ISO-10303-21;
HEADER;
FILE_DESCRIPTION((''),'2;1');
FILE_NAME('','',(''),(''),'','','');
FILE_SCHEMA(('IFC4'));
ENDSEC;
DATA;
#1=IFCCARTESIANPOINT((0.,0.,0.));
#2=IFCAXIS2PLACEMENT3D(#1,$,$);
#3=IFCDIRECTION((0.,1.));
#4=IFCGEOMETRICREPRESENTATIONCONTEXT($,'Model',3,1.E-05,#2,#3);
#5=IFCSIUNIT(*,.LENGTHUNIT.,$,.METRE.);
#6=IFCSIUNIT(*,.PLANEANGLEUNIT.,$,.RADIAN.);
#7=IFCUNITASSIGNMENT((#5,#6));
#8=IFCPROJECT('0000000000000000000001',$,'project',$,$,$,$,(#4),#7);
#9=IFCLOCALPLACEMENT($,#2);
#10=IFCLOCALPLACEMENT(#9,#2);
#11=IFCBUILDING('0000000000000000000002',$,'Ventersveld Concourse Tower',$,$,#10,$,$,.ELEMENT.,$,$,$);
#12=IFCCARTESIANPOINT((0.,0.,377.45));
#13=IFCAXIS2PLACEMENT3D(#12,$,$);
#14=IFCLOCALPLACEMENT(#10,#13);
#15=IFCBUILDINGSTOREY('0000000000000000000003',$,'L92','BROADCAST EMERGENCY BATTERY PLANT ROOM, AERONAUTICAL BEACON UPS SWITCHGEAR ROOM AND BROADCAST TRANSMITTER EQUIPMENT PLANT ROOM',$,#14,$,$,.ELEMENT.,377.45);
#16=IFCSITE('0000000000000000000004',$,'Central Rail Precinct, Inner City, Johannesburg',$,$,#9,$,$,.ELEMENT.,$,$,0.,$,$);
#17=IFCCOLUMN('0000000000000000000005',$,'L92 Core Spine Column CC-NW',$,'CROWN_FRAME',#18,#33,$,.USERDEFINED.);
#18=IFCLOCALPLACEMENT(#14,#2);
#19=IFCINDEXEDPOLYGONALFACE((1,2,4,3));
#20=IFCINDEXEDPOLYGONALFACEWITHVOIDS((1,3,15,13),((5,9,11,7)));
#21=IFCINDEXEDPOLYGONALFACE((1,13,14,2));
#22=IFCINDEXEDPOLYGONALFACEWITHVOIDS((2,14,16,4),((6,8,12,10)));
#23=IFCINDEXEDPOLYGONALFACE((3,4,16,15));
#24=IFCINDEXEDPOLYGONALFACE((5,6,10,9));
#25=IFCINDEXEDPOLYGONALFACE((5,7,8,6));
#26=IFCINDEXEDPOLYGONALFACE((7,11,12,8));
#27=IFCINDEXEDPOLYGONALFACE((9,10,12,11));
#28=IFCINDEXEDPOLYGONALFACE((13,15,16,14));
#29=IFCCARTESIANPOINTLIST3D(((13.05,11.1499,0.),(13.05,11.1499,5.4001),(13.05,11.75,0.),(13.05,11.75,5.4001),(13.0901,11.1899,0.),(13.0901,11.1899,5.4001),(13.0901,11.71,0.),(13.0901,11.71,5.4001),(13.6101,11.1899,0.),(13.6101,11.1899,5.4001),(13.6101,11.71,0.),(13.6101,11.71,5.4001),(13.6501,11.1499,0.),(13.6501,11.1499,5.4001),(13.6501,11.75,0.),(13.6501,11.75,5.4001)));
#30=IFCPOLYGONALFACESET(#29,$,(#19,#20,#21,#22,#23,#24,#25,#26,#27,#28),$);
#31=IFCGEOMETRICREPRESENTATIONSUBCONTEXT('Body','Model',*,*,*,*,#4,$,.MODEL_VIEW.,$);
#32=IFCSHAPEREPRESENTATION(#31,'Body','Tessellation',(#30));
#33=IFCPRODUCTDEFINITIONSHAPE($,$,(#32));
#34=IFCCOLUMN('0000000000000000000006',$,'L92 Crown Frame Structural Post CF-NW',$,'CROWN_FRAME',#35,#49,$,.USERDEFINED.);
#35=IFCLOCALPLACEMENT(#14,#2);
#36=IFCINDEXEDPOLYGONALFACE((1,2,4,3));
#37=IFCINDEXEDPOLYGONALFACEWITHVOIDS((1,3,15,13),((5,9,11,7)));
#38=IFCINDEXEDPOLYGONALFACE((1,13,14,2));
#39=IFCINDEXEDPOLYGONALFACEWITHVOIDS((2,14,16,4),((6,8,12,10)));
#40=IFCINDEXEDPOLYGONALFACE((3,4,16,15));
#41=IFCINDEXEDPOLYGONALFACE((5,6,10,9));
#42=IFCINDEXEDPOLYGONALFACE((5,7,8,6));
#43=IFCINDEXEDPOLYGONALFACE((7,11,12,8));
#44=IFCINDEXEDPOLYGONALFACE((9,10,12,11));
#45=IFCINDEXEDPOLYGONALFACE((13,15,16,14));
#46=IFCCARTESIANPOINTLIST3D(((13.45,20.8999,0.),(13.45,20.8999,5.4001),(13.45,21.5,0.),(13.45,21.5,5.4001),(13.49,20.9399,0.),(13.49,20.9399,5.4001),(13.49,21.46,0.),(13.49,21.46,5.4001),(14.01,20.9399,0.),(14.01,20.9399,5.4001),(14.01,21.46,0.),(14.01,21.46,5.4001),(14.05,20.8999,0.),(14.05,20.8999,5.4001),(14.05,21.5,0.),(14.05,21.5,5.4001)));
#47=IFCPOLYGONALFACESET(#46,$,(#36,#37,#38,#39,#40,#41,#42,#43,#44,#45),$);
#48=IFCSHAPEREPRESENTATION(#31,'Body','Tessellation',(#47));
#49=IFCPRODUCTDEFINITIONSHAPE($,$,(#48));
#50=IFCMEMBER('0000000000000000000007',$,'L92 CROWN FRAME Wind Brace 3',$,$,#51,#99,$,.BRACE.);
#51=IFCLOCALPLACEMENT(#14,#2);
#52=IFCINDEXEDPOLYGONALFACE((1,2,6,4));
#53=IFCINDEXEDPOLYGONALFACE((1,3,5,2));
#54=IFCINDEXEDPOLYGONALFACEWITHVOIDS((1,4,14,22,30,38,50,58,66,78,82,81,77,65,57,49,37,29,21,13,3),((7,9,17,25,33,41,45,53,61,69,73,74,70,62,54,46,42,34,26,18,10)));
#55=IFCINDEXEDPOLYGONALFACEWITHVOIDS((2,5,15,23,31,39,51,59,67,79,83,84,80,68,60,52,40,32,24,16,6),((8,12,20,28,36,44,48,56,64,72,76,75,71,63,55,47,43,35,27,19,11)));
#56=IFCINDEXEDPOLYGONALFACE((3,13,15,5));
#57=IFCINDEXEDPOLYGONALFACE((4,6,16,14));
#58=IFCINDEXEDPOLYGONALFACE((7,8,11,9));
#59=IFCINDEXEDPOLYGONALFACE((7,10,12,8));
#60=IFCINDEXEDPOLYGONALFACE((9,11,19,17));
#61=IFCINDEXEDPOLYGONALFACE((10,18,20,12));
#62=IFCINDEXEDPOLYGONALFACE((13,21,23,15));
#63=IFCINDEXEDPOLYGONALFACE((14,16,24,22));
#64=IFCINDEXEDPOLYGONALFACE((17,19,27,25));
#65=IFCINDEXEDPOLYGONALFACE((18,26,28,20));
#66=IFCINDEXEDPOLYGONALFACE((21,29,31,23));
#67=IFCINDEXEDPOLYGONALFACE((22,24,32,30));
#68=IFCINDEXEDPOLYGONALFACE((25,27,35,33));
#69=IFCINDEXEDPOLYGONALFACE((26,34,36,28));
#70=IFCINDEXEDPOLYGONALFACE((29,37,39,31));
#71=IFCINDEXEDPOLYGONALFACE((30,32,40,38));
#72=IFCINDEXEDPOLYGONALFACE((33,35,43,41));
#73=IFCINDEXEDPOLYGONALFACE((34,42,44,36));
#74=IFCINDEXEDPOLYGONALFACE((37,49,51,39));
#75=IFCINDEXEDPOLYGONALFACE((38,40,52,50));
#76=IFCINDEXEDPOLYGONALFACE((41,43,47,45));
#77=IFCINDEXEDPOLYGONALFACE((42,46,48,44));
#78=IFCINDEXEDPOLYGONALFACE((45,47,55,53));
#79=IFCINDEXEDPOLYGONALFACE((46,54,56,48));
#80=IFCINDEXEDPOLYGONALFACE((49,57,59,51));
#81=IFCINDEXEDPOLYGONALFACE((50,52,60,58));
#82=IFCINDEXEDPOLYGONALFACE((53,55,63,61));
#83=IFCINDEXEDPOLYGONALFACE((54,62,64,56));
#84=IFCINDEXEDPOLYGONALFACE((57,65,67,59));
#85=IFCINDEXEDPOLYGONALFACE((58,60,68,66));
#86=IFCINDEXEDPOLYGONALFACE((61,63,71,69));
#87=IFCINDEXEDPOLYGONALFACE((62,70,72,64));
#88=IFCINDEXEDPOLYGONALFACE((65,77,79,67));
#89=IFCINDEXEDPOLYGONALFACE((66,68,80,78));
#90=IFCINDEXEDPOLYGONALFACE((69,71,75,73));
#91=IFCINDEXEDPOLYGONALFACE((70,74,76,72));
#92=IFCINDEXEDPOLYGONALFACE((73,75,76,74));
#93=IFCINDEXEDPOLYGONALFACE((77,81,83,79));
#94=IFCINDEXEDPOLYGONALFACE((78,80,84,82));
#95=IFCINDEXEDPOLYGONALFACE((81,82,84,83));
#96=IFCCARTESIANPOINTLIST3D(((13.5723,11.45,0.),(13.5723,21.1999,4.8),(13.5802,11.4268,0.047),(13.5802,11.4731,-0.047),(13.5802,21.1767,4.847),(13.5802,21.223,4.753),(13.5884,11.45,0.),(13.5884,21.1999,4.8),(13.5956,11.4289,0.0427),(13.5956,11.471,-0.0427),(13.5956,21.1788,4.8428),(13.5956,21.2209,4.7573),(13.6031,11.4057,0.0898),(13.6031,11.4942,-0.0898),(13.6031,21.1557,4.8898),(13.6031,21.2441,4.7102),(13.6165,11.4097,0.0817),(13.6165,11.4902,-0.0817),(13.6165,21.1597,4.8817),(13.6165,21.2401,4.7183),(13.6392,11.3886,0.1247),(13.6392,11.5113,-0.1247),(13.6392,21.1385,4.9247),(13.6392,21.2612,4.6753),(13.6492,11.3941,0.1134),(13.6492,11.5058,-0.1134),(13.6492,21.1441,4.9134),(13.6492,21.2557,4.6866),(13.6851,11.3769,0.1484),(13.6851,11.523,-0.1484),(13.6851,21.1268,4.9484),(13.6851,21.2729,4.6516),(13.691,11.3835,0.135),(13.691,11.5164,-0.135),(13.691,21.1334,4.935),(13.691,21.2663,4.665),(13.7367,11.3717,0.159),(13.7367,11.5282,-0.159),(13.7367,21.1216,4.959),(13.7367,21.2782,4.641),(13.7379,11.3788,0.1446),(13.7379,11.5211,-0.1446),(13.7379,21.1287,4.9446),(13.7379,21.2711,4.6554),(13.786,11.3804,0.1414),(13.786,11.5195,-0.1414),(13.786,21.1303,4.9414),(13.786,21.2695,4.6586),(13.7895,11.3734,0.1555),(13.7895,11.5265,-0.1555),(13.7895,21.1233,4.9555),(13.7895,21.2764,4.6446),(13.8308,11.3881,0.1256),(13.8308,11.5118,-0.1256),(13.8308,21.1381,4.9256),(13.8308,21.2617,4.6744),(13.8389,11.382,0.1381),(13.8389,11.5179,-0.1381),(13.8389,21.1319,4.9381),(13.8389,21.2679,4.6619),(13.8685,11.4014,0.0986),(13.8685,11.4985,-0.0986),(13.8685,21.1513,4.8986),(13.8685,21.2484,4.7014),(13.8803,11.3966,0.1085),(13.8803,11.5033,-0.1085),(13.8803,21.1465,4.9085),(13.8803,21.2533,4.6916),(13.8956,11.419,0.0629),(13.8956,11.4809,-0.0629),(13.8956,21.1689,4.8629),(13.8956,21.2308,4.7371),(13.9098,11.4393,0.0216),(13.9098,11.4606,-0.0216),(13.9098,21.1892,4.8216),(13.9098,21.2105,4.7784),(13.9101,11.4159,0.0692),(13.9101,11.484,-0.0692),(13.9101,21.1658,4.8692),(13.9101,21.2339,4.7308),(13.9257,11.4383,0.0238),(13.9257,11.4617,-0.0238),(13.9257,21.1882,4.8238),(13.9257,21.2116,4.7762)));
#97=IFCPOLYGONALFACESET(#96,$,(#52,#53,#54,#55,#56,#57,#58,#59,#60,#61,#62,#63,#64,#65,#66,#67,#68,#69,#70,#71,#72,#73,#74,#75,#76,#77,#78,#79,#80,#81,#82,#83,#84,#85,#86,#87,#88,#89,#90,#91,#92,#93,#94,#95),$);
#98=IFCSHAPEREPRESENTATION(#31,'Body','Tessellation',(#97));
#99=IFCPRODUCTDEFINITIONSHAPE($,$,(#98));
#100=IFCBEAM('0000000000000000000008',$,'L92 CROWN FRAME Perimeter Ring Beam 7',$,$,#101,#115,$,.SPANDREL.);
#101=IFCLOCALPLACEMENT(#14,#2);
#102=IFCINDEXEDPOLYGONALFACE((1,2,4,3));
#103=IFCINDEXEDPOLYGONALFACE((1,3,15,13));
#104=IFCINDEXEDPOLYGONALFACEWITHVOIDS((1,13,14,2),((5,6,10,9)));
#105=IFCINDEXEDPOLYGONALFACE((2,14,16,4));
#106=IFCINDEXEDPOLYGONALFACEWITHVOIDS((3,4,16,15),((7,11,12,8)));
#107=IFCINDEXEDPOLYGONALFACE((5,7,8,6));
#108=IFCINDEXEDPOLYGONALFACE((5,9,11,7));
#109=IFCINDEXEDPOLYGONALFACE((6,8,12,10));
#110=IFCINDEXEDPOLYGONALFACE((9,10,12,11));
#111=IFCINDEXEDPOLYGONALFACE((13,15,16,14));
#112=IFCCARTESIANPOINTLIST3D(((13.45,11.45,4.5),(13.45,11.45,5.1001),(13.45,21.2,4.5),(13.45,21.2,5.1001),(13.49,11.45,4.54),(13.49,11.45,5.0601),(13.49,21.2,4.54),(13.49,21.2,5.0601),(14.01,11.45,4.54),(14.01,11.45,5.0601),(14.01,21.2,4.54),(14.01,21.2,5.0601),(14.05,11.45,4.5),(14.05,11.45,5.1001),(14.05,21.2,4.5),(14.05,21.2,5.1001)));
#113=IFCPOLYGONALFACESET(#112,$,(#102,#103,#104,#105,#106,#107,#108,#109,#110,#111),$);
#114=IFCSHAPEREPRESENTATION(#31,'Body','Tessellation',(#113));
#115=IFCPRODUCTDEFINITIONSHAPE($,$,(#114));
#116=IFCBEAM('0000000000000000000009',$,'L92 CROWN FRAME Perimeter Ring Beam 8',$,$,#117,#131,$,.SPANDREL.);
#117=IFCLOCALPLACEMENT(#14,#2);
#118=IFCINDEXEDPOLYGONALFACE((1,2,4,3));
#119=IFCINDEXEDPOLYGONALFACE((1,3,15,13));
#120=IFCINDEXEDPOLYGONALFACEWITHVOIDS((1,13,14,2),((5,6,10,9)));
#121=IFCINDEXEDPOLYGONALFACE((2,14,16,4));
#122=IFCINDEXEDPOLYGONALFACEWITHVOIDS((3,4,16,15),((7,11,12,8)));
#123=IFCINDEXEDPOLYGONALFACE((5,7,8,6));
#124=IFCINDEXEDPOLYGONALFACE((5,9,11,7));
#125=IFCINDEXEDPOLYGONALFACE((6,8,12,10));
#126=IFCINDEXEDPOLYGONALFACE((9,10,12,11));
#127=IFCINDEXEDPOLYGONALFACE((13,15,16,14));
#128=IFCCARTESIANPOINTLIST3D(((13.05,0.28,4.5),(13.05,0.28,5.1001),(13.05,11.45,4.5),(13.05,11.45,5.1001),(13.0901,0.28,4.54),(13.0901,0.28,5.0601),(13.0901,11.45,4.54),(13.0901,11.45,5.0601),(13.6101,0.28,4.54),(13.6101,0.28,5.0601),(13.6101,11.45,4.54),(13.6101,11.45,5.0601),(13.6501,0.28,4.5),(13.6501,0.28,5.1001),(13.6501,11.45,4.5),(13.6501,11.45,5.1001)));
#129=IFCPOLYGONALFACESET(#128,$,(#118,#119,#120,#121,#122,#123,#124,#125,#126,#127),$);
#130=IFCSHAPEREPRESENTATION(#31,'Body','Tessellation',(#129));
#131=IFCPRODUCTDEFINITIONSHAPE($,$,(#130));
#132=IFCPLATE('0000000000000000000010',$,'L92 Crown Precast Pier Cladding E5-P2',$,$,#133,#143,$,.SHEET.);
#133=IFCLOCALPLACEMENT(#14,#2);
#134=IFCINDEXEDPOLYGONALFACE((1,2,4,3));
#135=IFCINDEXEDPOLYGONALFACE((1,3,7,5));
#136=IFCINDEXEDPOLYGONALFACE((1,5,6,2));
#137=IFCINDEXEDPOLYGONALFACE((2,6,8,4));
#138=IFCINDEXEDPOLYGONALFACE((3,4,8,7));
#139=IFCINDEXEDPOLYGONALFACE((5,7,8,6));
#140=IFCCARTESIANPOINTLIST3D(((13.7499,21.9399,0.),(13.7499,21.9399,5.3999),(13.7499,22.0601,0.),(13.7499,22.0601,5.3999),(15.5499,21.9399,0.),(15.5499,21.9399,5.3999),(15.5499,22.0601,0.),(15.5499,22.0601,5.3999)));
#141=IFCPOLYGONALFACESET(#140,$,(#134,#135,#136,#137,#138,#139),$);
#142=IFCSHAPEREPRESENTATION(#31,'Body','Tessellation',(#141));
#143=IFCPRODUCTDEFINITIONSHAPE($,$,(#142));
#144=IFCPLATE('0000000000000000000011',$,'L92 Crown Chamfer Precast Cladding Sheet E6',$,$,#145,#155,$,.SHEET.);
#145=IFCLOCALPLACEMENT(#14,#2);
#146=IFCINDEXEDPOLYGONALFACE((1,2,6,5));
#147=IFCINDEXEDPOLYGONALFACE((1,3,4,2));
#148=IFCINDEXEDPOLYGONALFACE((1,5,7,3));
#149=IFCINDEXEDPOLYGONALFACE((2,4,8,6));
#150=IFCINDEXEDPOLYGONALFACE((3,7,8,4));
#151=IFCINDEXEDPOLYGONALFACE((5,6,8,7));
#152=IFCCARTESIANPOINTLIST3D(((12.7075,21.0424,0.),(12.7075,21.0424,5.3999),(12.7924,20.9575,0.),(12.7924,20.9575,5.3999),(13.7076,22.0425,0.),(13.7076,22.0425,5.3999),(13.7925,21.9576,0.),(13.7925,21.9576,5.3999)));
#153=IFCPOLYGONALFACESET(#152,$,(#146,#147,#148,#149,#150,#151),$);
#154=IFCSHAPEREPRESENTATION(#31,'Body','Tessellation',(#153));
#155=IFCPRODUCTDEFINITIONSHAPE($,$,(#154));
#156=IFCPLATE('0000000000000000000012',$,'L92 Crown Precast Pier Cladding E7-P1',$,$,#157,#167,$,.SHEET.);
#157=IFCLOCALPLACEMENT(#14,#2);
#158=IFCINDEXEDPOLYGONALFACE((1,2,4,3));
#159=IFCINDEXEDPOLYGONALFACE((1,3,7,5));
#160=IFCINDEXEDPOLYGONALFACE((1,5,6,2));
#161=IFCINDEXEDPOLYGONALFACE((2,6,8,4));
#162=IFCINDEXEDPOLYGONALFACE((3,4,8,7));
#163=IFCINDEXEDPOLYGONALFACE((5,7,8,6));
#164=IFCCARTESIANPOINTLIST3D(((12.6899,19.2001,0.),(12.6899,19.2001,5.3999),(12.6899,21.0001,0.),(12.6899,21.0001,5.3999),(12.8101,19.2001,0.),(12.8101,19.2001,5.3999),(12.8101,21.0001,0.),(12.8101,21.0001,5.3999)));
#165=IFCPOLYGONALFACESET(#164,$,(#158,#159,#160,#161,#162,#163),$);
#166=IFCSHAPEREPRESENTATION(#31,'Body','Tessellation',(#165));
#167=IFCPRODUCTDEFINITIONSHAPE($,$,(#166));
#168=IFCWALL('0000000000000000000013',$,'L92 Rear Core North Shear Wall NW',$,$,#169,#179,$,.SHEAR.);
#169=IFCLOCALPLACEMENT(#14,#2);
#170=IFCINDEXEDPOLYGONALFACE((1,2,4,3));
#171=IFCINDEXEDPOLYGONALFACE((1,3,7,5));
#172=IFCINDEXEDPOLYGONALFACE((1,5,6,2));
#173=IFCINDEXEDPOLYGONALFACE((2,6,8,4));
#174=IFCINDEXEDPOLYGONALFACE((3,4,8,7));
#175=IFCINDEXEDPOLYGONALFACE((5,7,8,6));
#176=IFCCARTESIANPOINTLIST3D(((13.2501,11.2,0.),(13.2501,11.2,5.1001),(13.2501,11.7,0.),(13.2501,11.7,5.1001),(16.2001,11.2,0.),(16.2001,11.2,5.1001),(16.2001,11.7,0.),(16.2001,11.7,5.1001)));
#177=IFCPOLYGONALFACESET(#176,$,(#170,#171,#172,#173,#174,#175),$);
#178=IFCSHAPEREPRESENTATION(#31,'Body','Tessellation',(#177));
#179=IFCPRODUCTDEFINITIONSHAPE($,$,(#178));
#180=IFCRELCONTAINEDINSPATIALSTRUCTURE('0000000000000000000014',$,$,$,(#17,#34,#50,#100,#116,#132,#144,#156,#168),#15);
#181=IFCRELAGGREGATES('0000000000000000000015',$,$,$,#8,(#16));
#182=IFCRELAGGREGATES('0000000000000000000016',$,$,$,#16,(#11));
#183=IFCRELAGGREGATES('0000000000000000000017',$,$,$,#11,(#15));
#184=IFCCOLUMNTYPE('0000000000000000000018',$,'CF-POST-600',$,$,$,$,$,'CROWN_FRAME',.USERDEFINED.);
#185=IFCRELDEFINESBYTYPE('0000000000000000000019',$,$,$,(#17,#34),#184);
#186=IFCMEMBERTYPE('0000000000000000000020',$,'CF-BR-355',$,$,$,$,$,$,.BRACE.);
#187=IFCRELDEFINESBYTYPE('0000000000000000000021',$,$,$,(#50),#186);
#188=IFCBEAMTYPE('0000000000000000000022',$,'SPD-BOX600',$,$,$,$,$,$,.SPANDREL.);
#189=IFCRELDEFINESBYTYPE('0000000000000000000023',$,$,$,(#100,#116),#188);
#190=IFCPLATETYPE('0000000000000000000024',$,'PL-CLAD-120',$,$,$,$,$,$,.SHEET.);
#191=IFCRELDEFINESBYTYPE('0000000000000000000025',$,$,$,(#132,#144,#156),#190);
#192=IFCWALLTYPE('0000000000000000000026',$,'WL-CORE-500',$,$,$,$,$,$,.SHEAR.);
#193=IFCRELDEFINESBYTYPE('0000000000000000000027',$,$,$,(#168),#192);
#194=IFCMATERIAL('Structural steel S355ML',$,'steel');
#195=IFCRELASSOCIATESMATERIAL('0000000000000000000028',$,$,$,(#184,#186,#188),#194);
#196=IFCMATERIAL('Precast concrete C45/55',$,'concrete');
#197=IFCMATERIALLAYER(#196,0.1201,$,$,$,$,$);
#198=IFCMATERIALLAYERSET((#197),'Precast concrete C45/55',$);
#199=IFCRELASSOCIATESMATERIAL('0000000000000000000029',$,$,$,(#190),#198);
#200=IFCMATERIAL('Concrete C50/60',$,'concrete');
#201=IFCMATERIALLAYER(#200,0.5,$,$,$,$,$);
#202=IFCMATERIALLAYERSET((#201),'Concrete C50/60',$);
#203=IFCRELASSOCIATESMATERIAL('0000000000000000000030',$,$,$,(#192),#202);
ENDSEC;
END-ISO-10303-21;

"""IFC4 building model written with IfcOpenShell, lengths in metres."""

from ifc_helpers import new_model, si_unit, direction, frame, frame_2d, origin, origin_2d, place, context, subcontext, project, spatial, rectangle, hollow_rectangle, hollow_circle, extrude, material, layer, layer_set, material_profile, profile_set, type_object, element, save


model = new_model("IFC4")

# Units and contexts
model_context = context("Model", 3, precision=1e-05, world=origin(), true_north=direction((0.0, 1.0)))
body_context = subcontext(model_context, "Body", "Model", "MODEL_VIEW")
ifc_project = project(units=[si_unit("LENGTHUNIT", "METRE"), si_unit("PLANEANGLEUNIT", "RADIAN")], contexts=[model_context])

# Site, building, storey
site_placement = place(None, origin())
site = spatial("IfcSite", under=ifc_project, at=site_placement, Name="Central Rail Precinct, Inner City, Johannesburg", CompositionType="ELEMENT", RefElevation=0.0)
building_placement = place(site_placement, origin())
building = spatial("IfcBuilding", under=site, at=building_placement, Name="Ventersveld Concourse Tower", CompositionType="ELEMENT")
storey_placement = place(building_placement, frame((0.0, 0.0, 377.45)))
storey = spatial("IfcBuildingStorey", under=building, at=storey_placement, Name="L92", Description="BROADCAST EMERGENCY BATTERY PLANT ROOM, AERONAUTICAL BEACON UPS SWITCHGEAR ROOM AND BROADCAST TRANSMITTER EQUIPMENT PLANT ROOM", CompositionType="ELEMENT", Elevation=377.45)

# Columns
ifc_material_1 = material(Name="Structural steel S355ML", Category="steel")
ifc_material_profile_1 = material_profile(ifc_material_1, hollow_rectangle(XDim=0.6001, YDim=0.6001, WallThickness=0.04, at=origin_2d()), Name="BOX 600x600x40")
ifc_profile_set_1 = profile_set([ifc_material_profile_1], Name="Structural steel S355ML")
column_type = type_object("IfcColumnType", Name="CF-POST-600", ElementType="CROWN_FRAME", PredefinedType="USERDEFINED", material=ifc_profile_set_1)
for number, where, z_axis, x_axis, name in (
    (1, (13.3501, 11.45, 0.0), (0.0, 0.0, 1.0), (1.0, 0.0, 0.0), "L92 Core Spine Column CC-NW"),
    (2, (13.75, 21.2, 0.0), (0.0, 0.0, 1.0), (1.0, 0.0, 0.0), "L92 Crown Frame Structural Post CF-NW"),
):
    element("IfcColumn", number, at=place(storey_placement, frame(where, z_axis=z_axis, x_axis=x_axis)), inside=storey, type_object=column_type, Name=name, ObjectType="CROWN_FRAME", PredefinedType="USERDEFINED", context=body_context, shape_type="SweptSolid", body=[
        extrude(hollow_rectangle(XDim=0.6001, YDim=0.6001, WallThickness=0.04, at=origin_2d()), origin(), (0.0, 0.0, 1.0), 5.4001),
    ])

# Member
ifc_material_profile_2 = material_profile(ifc_material_1, hollow_circle(Radius=0.1777, WallThickness=0.0161, at=origin_2d()), Name="CHS 355.6x16")
ifc_profile_set_2 = profile_set([ifc_material_profile_2], Name="Structural steel S355ML")
member_type = type_object("IfcMemberType", Name="CF-BR-355", PredefinedType="BRACE", material=ifc_profile_set_2)
member_placement = place(storey_placement, frame((13.75, 11.45, 0.0), z_axis=(0.0, 0.897169, 0.441688), x_axis=(-1.0, 0.0, 0.0)))
element("IfcMember", 3, at=member_placement, inside=storey, type_object=member_type, Name="L92 CROWN FRAME Wind Brace 3", PredefinedType="BRACE", context=body_context, shape_type="SweptSolid", body=[
    extrude(hollow_circle(Radius=0.1777, WallThickness=0.0161, at=origin_2d()), origin(), (0.0, 0.0, 1.0), 10.8674),
])

# Beams
ifc_material_profile_3 = material_profile(ifc_material_1, hollow_rectangle(XDim=0.6001, YDim=0.6001, WallThickness=0.04, at=origin_2d()), Name="BOX 600x600x40")
ifc_profile_set_3 = profile_set([ifc_material_profile_3], Name="Structural steel S355ML")
beam_type = type_object("IfcBeamType", Name="SPD-BOX600", PredefinedType="SPANDREL", material=ifc_profile_set_3)
beam_1_placement = place(storey_placement, frame((13.75, 21.2, 4.8), z_axis=(0.0, -1.0, 0.0), x_axis=(1.0, 0.0, 0.0)))
element("IfcBeam", 4, at=beam_1_placement, inside=storey, type_object=beam_type, Name="L92 CROWN FRAME Perimeter Ring Beam 7", PredefinedType="SPANDREL", context=body_context, shape_type="SweptSolid", body=[
    extrude(hollow_rectangle(XDim=0.6001, YDim=0.6001, WallThickness=0.04, at=origin_2d()), origin(), (0.0, 0.0, 1.0), 9.75),
])
beam_2_placement = place(storey_placement, frame((13.3501, 11.45, 4.8), z_axis=(0.0, -1.0, 0.0), x_axis=(1.0, 0.0, 0.0)))
element("IfcBeam", 5, at=beam_2_placement, inside=storey, type_object=beam_type, Name="L92 CROWN FRAME Perimeter Ring Beam 8", PredefinedType="SPANDREL", context=body_context, shape_type="SweptSolid", body=[
    extrude(hollow_rectangle(XDim=0.6001, YDim=0.6001, WallThickness=0.04, at=origin_2d()), origin(), (0.0, 0.0, 1.0), 11.1699),
])

# Plates
ifc_material_2 = material(Name="Precast concrete C45/55", Category="concrete")
ifc_layer_1 = layer(ifc_material_2, 0.1201)
ifc_layer_set_1 = layer_set([ifc_layer_1], Name="Precast concrete C45/55")
plate_type = type_object("IfcPlateType", Name="PL-CLAD-120", PredefinedType="SHEET", material=ifc_layer_set_1)
plate_1_placement = place(storey_placement, frame((14.6499, 22.0, 0.0), z_axis=(0.0, 0.0, 1.0), x_axis=(-1.0, 0.0, 0.0)))
element("IfcPlate", 6, at=plate_1_placement, inside=storey, type_object=plate_type, Name="L92 Crown Precast Pier Cladding E5-P2", PredefinedType="SHEET", context=body_context, shape_type="SweptSolid", body=[
    extrude(rectangle(XDim=1.8, YDim=0.1201, at=origin_2d()), origin(), (0.0, 0.0, 1.0), 5.3999),
])
plate_2_placement = place(storey_placement, frame((13.25, 21.5, 0.0), z_axis=(0.0, 0.0, 1.0), x_axis=(-0.707107, -0.707107, 0.0)))
element("IfcPlate", 7, at=plate_2_placement, inside=storey, type_object=plate_type, Name="L92 Crown Chamfer Precast Cladding Sheet E6", PredefinedType="SHEET", context=body_context, shape_type="SweptSolid", body=[
    extrude(rectangle(XDim=1.4143, YDim=0.1201, at=origin_2d()), origin(), (0.0, 0.0, 1.0), 5.3999),
])
plate_3_placement = place(storey_placement, frame((12.75, 20.1001, 0.0), z_axis=(0.0, 0.0, 1.0), x_axis=(0.0, -1.0, 0.0)))
element("IfcPlate", 8, at=plate_3_placement, inside=storey, type_object=plate_type, Name="L92 Crown Precast Pier Cladding E7-P1", PredefinedType="SHEET", context=body_context, shape_type="SweptSolid", body=[
    extrude(rectangle(XDim=1.8, YDim=0.1201, at=origin_2d()), origin(), (0.0, 0.0, 1.0), 5.3999),
])

# Wall
ifc_material_3 = material(Name="Concrete C50/60", Category="concrete")
ifc_layer_2 = layer(ifc_material_3, 0.5)
ifc_layer_set_2 = layer_set([ifc_layer_2], Name="Concrete C50/60")
wall_type_1 = type_object("IfcWallType", Name="WL-CORE-500", PredefinedType="SHEAR", material=ifc_layer_set_2)
wall_1_placement = place(storey_placement, frame((13.25, 11.45, 0.0), z_axis=(0.0, 0.0, 1.0), x_axis=(1.0, 0.0, 0.0)))
element("IfcWall", 9, at=wall_1_placement, inside=storey, type_object=wall_type_1, Name="L92 Rear Core North Shear Wall NW", PredefinedType="SHEAR", context=body_context, shape_type="SweptSolid", body=[
    extrude(rectangle(XDim=2.95, YDim=0.5, at=frame_2d((1.4751, 0.0))), origin(), (0.0, 0.0, 1.0), 5.1001),
])

save(model, "model.ifc")
